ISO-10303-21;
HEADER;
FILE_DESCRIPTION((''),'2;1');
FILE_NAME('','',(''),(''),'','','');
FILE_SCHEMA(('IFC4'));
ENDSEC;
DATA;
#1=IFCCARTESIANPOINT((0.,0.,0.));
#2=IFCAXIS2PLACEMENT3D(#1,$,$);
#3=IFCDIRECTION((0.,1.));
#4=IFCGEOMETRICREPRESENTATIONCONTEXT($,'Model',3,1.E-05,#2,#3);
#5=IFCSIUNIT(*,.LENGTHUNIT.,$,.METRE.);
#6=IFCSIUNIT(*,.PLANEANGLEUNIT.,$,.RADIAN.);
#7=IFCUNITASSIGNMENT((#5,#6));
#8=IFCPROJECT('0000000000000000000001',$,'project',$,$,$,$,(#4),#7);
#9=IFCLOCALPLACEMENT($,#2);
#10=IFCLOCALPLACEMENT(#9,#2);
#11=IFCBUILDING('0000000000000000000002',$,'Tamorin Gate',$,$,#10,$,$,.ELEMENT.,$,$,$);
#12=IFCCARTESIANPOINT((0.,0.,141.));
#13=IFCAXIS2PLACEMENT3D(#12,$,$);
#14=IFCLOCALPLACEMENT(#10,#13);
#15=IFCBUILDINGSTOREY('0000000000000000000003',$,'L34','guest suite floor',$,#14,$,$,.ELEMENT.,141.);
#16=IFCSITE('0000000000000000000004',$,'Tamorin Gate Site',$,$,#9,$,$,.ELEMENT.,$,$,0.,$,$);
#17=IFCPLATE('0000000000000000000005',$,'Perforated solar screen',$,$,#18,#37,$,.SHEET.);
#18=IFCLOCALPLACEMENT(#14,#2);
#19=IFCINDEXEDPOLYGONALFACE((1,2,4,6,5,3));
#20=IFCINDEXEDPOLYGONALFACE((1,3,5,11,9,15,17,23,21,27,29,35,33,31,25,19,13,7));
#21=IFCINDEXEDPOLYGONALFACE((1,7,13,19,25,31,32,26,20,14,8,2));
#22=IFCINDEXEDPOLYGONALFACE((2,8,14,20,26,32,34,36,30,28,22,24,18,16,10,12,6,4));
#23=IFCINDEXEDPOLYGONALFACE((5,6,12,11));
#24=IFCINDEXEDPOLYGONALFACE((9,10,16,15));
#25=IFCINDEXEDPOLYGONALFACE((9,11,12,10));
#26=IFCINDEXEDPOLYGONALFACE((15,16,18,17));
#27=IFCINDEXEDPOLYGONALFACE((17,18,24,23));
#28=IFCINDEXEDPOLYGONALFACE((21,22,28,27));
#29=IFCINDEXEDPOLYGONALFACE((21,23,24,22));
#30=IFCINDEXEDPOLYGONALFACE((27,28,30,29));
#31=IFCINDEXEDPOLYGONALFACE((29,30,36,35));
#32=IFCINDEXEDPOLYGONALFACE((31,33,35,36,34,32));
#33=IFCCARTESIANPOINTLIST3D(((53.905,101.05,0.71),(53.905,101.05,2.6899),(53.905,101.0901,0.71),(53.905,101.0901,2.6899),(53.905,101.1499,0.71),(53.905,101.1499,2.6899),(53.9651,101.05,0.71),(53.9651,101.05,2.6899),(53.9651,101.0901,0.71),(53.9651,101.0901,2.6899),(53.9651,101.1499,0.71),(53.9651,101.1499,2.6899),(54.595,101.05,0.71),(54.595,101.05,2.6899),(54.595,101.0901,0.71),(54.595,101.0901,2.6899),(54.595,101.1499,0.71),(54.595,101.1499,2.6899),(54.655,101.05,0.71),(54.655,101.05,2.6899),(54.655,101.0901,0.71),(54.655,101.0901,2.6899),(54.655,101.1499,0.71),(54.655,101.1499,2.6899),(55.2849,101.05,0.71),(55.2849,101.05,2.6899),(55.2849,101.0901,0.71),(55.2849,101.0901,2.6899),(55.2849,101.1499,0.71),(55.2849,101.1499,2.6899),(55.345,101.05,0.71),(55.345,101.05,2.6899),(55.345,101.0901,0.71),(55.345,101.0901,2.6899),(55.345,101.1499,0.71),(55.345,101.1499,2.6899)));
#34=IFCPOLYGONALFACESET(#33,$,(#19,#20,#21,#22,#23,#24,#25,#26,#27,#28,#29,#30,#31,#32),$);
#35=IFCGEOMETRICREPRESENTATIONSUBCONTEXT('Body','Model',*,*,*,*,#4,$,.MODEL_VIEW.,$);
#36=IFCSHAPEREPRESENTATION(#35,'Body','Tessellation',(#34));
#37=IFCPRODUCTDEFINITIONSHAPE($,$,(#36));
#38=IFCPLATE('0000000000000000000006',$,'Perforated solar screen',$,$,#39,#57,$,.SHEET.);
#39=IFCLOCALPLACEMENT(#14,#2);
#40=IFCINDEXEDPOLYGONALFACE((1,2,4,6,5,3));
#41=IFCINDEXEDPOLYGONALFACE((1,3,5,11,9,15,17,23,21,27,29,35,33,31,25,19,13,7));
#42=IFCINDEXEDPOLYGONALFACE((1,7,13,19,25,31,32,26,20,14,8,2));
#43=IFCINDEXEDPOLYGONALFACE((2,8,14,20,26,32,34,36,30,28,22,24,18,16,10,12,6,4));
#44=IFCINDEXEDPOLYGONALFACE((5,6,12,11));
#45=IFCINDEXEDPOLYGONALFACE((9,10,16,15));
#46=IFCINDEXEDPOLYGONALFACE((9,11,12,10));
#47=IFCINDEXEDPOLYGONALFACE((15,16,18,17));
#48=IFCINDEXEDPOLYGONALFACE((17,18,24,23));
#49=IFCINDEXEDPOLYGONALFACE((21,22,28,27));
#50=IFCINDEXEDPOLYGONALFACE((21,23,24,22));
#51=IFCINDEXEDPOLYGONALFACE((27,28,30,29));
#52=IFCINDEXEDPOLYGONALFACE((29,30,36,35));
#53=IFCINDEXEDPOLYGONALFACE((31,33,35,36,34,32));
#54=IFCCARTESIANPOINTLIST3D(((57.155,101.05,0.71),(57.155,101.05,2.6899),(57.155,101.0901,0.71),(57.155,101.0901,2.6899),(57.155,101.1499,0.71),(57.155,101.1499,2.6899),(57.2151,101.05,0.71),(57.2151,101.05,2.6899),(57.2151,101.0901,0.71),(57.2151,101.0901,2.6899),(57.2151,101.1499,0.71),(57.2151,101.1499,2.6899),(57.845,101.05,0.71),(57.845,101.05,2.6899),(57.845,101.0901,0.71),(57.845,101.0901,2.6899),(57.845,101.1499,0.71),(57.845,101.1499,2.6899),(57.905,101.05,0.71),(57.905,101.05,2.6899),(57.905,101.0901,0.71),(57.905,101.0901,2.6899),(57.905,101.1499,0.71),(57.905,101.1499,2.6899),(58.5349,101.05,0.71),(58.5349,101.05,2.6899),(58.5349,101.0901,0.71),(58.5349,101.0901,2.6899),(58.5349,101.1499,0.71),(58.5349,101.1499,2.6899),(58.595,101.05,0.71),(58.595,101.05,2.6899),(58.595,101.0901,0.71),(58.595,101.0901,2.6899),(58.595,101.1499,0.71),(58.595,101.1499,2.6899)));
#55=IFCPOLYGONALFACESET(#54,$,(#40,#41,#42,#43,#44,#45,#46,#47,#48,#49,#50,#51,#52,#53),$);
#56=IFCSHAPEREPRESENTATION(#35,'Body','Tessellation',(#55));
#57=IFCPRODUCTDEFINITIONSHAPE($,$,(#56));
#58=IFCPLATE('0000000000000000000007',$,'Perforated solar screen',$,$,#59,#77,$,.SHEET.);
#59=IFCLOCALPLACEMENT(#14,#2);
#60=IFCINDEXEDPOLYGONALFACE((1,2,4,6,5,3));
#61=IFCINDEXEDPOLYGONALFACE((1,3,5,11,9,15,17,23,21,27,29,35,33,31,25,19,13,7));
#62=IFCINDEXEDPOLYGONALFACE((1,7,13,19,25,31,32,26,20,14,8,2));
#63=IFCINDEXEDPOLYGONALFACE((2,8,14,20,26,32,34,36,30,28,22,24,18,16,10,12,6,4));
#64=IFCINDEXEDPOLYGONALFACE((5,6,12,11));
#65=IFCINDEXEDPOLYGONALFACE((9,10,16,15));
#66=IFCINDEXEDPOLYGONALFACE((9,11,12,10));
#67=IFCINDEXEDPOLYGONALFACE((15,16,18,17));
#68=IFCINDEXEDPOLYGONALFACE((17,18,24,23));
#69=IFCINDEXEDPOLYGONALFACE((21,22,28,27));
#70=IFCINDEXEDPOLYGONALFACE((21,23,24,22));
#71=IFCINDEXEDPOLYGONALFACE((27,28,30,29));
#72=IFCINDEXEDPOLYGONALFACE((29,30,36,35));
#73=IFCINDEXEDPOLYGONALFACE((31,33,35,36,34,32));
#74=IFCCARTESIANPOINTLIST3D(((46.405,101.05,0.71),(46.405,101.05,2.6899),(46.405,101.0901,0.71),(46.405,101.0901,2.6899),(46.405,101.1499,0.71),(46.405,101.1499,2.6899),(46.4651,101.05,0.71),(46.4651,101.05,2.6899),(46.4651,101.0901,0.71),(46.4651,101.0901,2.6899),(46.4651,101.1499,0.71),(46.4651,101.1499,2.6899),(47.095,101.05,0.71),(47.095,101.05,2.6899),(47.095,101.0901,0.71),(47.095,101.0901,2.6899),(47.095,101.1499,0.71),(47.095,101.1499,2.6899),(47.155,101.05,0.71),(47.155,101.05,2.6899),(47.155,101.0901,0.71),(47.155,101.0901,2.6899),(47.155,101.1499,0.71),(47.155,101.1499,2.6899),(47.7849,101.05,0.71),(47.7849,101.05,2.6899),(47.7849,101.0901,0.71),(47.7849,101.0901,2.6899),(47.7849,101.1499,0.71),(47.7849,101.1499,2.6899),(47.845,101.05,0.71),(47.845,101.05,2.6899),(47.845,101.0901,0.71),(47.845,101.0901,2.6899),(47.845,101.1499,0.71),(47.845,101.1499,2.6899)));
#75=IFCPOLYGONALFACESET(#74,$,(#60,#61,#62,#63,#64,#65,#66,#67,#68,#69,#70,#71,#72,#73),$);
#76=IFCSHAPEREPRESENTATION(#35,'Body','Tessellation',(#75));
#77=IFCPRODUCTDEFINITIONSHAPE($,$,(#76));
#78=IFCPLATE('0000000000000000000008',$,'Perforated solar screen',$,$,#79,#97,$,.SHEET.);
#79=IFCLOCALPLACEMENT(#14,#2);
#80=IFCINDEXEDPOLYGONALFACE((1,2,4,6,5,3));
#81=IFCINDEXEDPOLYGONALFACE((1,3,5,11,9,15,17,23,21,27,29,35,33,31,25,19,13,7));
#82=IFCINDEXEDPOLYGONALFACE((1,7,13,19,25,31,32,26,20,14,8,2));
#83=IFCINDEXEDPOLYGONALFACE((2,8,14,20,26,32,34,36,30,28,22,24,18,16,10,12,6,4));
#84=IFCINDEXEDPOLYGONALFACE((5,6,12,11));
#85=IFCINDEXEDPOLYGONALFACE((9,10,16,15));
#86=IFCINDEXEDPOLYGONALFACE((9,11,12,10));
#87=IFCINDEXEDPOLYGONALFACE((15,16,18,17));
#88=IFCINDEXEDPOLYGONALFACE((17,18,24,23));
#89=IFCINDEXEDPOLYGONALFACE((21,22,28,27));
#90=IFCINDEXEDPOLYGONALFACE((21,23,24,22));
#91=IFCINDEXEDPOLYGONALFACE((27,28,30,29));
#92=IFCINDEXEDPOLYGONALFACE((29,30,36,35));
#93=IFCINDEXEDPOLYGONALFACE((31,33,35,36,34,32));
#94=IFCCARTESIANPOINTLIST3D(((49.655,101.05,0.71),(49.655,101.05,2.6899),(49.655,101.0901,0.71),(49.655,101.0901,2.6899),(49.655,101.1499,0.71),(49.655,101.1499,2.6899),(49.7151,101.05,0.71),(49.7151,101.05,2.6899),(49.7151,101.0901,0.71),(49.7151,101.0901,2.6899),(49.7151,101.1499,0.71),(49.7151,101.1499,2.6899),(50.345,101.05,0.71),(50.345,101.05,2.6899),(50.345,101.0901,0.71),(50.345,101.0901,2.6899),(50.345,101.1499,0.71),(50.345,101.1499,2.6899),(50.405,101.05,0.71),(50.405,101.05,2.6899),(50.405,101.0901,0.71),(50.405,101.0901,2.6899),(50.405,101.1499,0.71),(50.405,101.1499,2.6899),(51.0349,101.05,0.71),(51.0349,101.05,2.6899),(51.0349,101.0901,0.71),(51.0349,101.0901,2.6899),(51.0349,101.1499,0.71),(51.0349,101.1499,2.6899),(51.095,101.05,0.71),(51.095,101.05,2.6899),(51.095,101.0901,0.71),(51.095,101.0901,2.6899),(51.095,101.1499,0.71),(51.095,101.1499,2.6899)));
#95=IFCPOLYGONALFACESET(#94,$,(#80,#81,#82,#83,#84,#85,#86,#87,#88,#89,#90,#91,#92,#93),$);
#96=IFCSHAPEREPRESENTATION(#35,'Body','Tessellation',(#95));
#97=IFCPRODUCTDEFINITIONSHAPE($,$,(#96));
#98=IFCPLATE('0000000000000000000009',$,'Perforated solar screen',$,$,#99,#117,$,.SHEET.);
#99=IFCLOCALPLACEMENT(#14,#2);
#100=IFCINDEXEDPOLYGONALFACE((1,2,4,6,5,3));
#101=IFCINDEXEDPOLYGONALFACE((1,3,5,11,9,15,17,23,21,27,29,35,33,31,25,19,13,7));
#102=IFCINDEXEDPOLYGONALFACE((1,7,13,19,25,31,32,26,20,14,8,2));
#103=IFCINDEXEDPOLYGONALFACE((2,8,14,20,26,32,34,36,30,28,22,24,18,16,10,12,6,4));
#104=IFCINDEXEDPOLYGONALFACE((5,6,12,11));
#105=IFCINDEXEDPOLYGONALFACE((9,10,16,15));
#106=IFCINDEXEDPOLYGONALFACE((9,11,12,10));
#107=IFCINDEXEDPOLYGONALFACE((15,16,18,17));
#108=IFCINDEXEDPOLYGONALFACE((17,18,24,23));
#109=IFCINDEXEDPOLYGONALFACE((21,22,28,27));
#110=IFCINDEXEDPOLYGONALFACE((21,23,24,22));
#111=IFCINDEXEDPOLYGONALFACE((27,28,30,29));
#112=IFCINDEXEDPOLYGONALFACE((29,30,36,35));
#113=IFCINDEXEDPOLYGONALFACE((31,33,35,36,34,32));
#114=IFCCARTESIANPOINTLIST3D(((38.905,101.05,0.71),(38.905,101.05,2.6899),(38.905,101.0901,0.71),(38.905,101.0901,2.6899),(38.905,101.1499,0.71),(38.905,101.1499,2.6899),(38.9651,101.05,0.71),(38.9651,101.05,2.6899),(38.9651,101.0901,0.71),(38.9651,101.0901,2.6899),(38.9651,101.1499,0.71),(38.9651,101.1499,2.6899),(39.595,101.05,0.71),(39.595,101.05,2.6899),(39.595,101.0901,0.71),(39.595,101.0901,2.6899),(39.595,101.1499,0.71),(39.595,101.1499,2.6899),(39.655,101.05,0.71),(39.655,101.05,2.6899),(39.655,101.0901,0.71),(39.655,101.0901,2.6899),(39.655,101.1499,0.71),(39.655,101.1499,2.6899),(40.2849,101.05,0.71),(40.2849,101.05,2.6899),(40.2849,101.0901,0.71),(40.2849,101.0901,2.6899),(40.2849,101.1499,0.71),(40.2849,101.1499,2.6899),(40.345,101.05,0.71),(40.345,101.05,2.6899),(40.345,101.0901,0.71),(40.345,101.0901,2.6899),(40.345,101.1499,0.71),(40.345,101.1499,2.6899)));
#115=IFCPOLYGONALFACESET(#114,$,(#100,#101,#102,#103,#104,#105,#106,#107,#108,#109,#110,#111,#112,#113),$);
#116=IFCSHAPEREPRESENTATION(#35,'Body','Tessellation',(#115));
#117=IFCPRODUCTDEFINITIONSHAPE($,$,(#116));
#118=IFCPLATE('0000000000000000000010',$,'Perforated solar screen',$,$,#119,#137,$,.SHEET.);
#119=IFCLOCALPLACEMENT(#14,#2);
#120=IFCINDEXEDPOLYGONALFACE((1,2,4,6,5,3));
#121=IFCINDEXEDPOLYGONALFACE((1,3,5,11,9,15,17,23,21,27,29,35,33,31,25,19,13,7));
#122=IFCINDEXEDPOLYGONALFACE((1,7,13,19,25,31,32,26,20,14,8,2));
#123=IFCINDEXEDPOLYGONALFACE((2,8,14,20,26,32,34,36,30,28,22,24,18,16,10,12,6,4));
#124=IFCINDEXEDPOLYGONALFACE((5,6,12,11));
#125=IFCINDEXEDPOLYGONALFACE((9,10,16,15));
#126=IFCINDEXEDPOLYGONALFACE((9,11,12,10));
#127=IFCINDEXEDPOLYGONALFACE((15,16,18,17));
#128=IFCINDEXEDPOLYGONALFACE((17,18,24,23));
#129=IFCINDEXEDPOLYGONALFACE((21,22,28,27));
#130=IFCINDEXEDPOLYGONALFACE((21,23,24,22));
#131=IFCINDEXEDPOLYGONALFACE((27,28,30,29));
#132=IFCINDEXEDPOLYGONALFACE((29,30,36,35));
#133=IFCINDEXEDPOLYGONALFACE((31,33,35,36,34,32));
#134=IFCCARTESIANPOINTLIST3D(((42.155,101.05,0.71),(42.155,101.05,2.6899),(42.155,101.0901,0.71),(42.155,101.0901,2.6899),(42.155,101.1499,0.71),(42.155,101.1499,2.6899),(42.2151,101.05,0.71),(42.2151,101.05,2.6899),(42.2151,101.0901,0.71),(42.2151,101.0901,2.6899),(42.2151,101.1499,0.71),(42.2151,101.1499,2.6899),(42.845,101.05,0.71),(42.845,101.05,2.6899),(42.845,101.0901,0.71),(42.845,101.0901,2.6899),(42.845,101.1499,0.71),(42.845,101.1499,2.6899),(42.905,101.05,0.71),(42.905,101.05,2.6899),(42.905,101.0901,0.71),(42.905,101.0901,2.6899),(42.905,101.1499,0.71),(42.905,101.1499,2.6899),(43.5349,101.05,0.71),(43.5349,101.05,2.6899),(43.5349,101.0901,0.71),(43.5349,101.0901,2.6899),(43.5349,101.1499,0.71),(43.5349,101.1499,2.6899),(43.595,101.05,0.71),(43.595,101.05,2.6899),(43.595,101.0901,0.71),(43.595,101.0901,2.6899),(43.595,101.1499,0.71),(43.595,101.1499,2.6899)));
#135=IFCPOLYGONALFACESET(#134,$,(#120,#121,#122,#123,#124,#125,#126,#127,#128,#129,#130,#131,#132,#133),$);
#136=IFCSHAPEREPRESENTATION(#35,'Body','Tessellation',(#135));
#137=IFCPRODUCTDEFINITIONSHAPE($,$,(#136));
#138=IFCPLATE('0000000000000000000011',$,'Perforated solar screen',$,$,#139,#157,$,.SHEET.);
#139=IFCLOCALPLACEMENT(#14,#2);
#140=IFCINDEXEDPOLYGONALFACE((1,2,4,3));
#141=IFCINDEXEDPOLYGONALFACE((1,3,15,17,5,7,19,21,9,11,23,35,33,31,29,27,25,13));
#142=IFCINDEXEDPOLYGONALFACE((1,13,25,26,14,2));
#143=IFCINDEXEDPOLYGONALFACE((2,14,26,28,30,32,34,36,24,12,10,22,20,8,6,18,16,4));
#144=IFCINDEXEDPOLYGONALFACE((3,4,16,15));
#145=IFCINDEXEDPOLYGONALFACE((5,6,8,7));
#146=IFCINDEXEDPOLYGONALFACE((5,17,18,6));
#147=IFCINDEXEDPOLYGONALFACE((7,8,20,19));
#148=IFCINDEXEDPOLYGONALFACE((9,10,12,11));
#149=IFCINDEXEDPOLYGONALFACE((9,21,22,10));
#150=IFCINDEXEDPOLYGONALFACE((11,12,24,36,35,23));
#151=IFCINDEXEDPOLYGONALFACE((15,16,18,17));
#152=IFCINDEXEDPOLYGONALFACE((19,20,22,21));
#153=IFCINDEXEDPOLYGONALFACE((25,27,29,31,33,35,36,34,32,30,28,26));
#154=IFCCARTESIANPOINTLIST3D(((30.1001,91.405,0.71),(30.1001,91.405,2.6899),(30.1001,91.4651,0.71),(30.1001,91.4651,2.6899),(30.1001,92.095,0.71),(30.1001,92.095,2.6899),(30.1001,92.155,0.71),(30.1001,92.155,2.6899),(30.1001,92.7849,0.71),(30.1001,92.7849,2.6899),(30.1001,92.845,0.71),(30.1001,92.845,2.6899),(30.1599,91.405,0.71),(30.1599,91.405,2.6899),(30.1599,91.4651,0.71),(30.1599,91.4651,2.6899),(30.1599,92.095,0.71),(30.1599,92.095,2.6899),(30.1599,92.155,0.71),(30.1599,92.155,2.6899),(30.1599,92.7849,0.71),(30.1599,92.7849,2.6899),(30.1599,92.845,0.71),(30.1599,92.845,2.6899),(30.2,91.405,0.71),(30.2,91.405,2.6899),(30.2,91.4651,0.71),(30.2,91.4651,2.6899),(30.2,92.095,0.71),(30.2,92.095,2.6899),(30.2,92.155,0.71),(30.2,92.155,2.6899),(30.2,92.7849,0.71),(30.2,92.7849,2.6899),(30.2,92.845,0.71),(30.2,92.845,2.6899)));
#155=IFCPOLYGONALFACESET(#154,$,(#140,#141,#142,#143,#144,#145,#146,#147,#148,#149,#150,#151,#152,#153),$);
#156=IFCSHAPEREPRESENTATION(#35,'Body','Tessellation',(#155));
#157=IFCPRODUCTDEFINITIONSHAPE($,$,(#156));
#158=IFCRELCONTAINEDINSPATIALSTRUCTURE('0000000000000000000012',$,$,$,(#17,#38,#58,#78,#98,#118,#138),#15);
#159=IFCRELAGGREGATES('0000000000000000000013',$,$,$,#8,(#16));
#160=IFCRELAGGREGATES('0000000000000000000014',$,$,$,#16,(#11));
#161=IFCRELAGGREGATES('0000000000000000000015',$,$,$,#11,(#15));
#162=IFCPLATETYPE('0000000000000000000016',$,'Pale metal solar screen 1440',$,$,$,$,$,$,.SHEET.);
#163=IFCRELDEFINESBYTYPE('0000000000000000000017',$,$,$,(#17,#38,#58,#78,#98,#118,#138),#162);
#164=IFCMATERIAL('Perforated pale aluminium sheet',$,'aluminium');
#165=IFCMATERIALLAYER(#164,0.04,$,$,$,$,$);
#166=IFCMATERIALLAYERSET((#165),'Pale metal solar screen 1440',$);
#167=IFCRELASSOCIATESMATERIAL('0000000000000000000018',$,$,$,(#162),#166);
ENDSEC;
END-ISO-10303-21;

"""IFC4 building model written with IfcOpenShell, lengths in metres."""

from ifc_helpers import new_model, si_unit, direction, frame, origin, place, context, subcontext, project, spatial, polyline, outline, extrude, material, layer, layer_set, type_object, element, save


model = new_model("IFC4")

# Units and contexts
model_context = context("Model", 3, precision=1e-05, world=origin(), true_north=direction((0.0, 1.0)))
body_context = subcontext(model_context, "Body", "Model", "MODEL_VIEW")
ifc_project = project(units=[si_unit("LENGTHUNIT", "METRE"), si_unit("PLANEANGLEUNIT", "RADIAN")], contexts=[model_context])

# Site, building, storey
site_placement = place(None, origin())
site = spatial("IfcSite", under=ifc_project, at=site_placement, Name="Tamorin Gate Site", CompositionType="ELEMENT", RefElevation=0.0)
building_placement = place(site_placement, origin())
building = spatial("IfcBuilding", under=site, at=building_placement, Name="Tamorin Gate", CompositionType="ELEMENT")
storey_placement = place(building_placement, frame((0.0, 0.0, 141.0)))
storey = spatial("IfcBuildingStorey", under=building, at=storey_placement, Name="L34", Description="guest suite floor", CompositionType="ELEMENT", Elevation=141.0)

# Plates
ifc_material = material(Name="Perforated pale aluminium sheet", Category="aluminium")
ifc_layer_1 = layer(ifc_material, 0.04)
ifc_layer_set_1 = layer_set([ifc_layer_1], Name="Pale metal solar screen 1440")
plate_type_1 = type_object("IfcPlateType", Name="Pale metal solar screen 1440", PredefinedType="SHEET", material=ifc_layer_set_1)
plate_1_placement = place(storey_placement, frame((0.0, 0.0, 0.71)))
element("IfcPlate", 1, at=plate_1_placement, inside=storey, type_object=plate_type_1, Name="Perforated solar screen", PredefinedType="SHEET", context=body_context, shape_type="SweptSolid", body=[
    extrude(outline(polyline([(55.345, 101.0901), (55.345, 101.05), (55.2849, 101.05), (54.655, 101.05), (54.595, 101.05), (53.9651, 101.05), (53.905, 101.05), (53.905, 101.0901), (53.905, 101.1499), (53.9651, 101.1499), (53.9651, 101.0901), (54.595, 101.0901), (54.595, 101.1499), (54.655, 101.1499), (54.655, 101.0901), (55.2849, 101.0901), (55.2849, 101.1499), (55.345, 101.1499), (55.345, 101.0901)])), origin(), (0.0, 0.0, 1.0), 1.98),
])
plate_2_placement = place(storey_placement, frame((0.0, 0.0, 0.71)))
element("IfcPlate", 2, at=plate_2_placement, inside=storey, type_object=plate_type_1, Name="Perforated solar screen", PredefinedType="SHEET", context=body_context, shape_type="SweptSolid", body=[
    extrude(outline(polyline([(58.595, 101.0901), (58.595, 101.05), (58.5349, 101.05), (57.905, 101.05), (57.845, 101.05), (57.2151, 101.05), (57.155, 101.05), (57.155, 101.0901), (57.155, 101.1499), (57.2151, 101.1499), (57.2151, 101.0901), (57.845, 101.0901), (57.845, 101.1499), (57.905, 101.1499), (57.905, 101.0901), (58.5349, 101.0901), (58.5349, 101.1499), (58.595, 101.1499), (58.595, 101.0901)])), origin(), (0.0, 0.0, 1.0), 1.98),
])
plate_3_placement = place(storey_placement, frame((0.0, 0.0, 0.71)))
element("IfcPlate", 3, at=plate_3_placement, inside=storey, type_object=plate_type_1, Name="Perforated solar screen", PredefinedType="SHEET", context=body_context, shape_type="SweptSolid", body=[
    extrude(outline(polyline([(47.845, 101.0901), (47.845, 101.05), (47.7849, 101.05), (47.155, 101.05), (47.095, 101.05), (46.4651, 101.05), (46.405, 101.05), (46.405, 101.0901), (46.405, 101.1499), (46.4651, 101.1499), (46.4651, 101.0901), (47.095, 101.0901), (47.095, 101.1499), (47.155, 101.1499), (47.155, 101.0901), (47.7849, 101.0901), (47.7849, 101.1499), (47.845, 101.1499), (47.845, 101.0901)])), origin(), (0.0, 0.0, 1.0), 1.98),
])
plate_4_placement = place(storey_placement, frame((0.0, 0.0, 0.71)))
element("IfcPlate", 4, at=plate_4_placement, inside=storey, type_object=plate_type_1, Name="Perforated solar screen", PredefinedType="SHEET", context=body_context, shape_type="SweptSolid", body=[
    extrude(outline(polyline([(51.095, 101.0901), (51.095, 101.05), (51.0349, 101.05), (50.405, 101.05), (50.345, 101.05), (49.7151, 101.05), (49.655, 101.05), (49.655, 101.0901), (49.655, 101.1499), (49.7151, 101.1499), (49.7151, 101.0901), (50.345, 101.0901), (50.345, 101.1499), (50.405, 101.1499), (50.405, 101.0901), (51.0349, 101.0901), (51.0349, 101.1499), (51.095, 101.1499), (51.095, 101.0901)])), origin(), (0.0, 0.0, 1.0), 1.98),
])
plate_5_placement = place(storey_placement, frame((0.0, 0.0, 0.71)))
element("IfcPlate", 5, at=plate_5_placement, inside=storey, type_object=plate_type_1, Name="Perforated solar screen", PredefinedType="SHEET", context=body_context, shape_type="SweptSolid", body=[
    extrude(outline(polyline([(40.345, 101.0901), (40.345, 101.05), (40.2849, 101.05), (39.655, 101.05), (39.595, 101.05), (38.9651, 101.05), (38.905, 101.05), (38.905, 101.0901), (38.905, 101.1499), (38.9651, 101.1499), (38.9651, 101.0901), (39.595, 101.0901), (39.595, 101.1499), (39.655, 101.1499), (39.655, 101.0901), (40.2849, 101.0901), (40.2849, 101.1499), (40.345, 101.1499), (40.345, 101.0901)])), origin(), (0.0, 0.0, 1.0), 1.98),
])
plate_6_placement = place(storey_placement, frame((0.0, 0.0, 0.71)))
element("IfcPlate", 6, at=plate_6_placement, inside=storey, type_object=plate_type_1, Name="Perforated solar screen", PredefinedType="SHEET", context=body_context, shape_type="SweptSolid", body=[
    extrude(outline(polyline([(43.595, 101.0901), (43.595, 101.05), (43.5349, 101.05), (42.905, 101.05), (42.845, 101.05), (42.2151, 101.05), (42.155, 101.05), (42.155, 101.0901), (42.155, 101.1499), (42.2151, 101.1499), (42.2151, 101.0901), (42.845, 101.0901), (42.845, 101.1499), (42.905, 101.1499), (42.905, 101.0901), (43.5349, 101.0901), (43.5349, 101.1499), (43.595, 101.1499), (43.595, 101.0901)])), origin(), (0.0, 0.0, 1.0), 1.98),
])
plate_7_placement = place(storey_placement, frame((0.0, 0.0, 0.71)))
element("IfcPlate", 7, at=plate_7_placement, inside=storey, type_object=plate_type_1, Name="Perforated solar screen", PredefinedType="SHEET", context=body_context, shape_type="SweptSolid", body=[
    extrude(outline(polyline([(30.1599, 92.845), (30.2, 92.845), (30.2, 92.7849), (30.2, 92.155), (30.2, 92.095), (30.2, 91.4651), (30.2, 91.405), (30.2, 91.405), (30.1599, 91.405), (30.1599, 91.405), (30.1001, 91.405), (30.1001, 91.4651), (30.1599, 91.4651), (30.1599, 92.095), (30.1001, 92.095), (30.1001, 92.155), (30.1599, 92.155), (30.1599, 92.7849), (30.1001, 92.7849), (30.1001, 92.845), (30.1599, 92.845)])), origin(), (0.0, 0.0, 1.0), 1.98),
])

save(model, "model.ifc")
